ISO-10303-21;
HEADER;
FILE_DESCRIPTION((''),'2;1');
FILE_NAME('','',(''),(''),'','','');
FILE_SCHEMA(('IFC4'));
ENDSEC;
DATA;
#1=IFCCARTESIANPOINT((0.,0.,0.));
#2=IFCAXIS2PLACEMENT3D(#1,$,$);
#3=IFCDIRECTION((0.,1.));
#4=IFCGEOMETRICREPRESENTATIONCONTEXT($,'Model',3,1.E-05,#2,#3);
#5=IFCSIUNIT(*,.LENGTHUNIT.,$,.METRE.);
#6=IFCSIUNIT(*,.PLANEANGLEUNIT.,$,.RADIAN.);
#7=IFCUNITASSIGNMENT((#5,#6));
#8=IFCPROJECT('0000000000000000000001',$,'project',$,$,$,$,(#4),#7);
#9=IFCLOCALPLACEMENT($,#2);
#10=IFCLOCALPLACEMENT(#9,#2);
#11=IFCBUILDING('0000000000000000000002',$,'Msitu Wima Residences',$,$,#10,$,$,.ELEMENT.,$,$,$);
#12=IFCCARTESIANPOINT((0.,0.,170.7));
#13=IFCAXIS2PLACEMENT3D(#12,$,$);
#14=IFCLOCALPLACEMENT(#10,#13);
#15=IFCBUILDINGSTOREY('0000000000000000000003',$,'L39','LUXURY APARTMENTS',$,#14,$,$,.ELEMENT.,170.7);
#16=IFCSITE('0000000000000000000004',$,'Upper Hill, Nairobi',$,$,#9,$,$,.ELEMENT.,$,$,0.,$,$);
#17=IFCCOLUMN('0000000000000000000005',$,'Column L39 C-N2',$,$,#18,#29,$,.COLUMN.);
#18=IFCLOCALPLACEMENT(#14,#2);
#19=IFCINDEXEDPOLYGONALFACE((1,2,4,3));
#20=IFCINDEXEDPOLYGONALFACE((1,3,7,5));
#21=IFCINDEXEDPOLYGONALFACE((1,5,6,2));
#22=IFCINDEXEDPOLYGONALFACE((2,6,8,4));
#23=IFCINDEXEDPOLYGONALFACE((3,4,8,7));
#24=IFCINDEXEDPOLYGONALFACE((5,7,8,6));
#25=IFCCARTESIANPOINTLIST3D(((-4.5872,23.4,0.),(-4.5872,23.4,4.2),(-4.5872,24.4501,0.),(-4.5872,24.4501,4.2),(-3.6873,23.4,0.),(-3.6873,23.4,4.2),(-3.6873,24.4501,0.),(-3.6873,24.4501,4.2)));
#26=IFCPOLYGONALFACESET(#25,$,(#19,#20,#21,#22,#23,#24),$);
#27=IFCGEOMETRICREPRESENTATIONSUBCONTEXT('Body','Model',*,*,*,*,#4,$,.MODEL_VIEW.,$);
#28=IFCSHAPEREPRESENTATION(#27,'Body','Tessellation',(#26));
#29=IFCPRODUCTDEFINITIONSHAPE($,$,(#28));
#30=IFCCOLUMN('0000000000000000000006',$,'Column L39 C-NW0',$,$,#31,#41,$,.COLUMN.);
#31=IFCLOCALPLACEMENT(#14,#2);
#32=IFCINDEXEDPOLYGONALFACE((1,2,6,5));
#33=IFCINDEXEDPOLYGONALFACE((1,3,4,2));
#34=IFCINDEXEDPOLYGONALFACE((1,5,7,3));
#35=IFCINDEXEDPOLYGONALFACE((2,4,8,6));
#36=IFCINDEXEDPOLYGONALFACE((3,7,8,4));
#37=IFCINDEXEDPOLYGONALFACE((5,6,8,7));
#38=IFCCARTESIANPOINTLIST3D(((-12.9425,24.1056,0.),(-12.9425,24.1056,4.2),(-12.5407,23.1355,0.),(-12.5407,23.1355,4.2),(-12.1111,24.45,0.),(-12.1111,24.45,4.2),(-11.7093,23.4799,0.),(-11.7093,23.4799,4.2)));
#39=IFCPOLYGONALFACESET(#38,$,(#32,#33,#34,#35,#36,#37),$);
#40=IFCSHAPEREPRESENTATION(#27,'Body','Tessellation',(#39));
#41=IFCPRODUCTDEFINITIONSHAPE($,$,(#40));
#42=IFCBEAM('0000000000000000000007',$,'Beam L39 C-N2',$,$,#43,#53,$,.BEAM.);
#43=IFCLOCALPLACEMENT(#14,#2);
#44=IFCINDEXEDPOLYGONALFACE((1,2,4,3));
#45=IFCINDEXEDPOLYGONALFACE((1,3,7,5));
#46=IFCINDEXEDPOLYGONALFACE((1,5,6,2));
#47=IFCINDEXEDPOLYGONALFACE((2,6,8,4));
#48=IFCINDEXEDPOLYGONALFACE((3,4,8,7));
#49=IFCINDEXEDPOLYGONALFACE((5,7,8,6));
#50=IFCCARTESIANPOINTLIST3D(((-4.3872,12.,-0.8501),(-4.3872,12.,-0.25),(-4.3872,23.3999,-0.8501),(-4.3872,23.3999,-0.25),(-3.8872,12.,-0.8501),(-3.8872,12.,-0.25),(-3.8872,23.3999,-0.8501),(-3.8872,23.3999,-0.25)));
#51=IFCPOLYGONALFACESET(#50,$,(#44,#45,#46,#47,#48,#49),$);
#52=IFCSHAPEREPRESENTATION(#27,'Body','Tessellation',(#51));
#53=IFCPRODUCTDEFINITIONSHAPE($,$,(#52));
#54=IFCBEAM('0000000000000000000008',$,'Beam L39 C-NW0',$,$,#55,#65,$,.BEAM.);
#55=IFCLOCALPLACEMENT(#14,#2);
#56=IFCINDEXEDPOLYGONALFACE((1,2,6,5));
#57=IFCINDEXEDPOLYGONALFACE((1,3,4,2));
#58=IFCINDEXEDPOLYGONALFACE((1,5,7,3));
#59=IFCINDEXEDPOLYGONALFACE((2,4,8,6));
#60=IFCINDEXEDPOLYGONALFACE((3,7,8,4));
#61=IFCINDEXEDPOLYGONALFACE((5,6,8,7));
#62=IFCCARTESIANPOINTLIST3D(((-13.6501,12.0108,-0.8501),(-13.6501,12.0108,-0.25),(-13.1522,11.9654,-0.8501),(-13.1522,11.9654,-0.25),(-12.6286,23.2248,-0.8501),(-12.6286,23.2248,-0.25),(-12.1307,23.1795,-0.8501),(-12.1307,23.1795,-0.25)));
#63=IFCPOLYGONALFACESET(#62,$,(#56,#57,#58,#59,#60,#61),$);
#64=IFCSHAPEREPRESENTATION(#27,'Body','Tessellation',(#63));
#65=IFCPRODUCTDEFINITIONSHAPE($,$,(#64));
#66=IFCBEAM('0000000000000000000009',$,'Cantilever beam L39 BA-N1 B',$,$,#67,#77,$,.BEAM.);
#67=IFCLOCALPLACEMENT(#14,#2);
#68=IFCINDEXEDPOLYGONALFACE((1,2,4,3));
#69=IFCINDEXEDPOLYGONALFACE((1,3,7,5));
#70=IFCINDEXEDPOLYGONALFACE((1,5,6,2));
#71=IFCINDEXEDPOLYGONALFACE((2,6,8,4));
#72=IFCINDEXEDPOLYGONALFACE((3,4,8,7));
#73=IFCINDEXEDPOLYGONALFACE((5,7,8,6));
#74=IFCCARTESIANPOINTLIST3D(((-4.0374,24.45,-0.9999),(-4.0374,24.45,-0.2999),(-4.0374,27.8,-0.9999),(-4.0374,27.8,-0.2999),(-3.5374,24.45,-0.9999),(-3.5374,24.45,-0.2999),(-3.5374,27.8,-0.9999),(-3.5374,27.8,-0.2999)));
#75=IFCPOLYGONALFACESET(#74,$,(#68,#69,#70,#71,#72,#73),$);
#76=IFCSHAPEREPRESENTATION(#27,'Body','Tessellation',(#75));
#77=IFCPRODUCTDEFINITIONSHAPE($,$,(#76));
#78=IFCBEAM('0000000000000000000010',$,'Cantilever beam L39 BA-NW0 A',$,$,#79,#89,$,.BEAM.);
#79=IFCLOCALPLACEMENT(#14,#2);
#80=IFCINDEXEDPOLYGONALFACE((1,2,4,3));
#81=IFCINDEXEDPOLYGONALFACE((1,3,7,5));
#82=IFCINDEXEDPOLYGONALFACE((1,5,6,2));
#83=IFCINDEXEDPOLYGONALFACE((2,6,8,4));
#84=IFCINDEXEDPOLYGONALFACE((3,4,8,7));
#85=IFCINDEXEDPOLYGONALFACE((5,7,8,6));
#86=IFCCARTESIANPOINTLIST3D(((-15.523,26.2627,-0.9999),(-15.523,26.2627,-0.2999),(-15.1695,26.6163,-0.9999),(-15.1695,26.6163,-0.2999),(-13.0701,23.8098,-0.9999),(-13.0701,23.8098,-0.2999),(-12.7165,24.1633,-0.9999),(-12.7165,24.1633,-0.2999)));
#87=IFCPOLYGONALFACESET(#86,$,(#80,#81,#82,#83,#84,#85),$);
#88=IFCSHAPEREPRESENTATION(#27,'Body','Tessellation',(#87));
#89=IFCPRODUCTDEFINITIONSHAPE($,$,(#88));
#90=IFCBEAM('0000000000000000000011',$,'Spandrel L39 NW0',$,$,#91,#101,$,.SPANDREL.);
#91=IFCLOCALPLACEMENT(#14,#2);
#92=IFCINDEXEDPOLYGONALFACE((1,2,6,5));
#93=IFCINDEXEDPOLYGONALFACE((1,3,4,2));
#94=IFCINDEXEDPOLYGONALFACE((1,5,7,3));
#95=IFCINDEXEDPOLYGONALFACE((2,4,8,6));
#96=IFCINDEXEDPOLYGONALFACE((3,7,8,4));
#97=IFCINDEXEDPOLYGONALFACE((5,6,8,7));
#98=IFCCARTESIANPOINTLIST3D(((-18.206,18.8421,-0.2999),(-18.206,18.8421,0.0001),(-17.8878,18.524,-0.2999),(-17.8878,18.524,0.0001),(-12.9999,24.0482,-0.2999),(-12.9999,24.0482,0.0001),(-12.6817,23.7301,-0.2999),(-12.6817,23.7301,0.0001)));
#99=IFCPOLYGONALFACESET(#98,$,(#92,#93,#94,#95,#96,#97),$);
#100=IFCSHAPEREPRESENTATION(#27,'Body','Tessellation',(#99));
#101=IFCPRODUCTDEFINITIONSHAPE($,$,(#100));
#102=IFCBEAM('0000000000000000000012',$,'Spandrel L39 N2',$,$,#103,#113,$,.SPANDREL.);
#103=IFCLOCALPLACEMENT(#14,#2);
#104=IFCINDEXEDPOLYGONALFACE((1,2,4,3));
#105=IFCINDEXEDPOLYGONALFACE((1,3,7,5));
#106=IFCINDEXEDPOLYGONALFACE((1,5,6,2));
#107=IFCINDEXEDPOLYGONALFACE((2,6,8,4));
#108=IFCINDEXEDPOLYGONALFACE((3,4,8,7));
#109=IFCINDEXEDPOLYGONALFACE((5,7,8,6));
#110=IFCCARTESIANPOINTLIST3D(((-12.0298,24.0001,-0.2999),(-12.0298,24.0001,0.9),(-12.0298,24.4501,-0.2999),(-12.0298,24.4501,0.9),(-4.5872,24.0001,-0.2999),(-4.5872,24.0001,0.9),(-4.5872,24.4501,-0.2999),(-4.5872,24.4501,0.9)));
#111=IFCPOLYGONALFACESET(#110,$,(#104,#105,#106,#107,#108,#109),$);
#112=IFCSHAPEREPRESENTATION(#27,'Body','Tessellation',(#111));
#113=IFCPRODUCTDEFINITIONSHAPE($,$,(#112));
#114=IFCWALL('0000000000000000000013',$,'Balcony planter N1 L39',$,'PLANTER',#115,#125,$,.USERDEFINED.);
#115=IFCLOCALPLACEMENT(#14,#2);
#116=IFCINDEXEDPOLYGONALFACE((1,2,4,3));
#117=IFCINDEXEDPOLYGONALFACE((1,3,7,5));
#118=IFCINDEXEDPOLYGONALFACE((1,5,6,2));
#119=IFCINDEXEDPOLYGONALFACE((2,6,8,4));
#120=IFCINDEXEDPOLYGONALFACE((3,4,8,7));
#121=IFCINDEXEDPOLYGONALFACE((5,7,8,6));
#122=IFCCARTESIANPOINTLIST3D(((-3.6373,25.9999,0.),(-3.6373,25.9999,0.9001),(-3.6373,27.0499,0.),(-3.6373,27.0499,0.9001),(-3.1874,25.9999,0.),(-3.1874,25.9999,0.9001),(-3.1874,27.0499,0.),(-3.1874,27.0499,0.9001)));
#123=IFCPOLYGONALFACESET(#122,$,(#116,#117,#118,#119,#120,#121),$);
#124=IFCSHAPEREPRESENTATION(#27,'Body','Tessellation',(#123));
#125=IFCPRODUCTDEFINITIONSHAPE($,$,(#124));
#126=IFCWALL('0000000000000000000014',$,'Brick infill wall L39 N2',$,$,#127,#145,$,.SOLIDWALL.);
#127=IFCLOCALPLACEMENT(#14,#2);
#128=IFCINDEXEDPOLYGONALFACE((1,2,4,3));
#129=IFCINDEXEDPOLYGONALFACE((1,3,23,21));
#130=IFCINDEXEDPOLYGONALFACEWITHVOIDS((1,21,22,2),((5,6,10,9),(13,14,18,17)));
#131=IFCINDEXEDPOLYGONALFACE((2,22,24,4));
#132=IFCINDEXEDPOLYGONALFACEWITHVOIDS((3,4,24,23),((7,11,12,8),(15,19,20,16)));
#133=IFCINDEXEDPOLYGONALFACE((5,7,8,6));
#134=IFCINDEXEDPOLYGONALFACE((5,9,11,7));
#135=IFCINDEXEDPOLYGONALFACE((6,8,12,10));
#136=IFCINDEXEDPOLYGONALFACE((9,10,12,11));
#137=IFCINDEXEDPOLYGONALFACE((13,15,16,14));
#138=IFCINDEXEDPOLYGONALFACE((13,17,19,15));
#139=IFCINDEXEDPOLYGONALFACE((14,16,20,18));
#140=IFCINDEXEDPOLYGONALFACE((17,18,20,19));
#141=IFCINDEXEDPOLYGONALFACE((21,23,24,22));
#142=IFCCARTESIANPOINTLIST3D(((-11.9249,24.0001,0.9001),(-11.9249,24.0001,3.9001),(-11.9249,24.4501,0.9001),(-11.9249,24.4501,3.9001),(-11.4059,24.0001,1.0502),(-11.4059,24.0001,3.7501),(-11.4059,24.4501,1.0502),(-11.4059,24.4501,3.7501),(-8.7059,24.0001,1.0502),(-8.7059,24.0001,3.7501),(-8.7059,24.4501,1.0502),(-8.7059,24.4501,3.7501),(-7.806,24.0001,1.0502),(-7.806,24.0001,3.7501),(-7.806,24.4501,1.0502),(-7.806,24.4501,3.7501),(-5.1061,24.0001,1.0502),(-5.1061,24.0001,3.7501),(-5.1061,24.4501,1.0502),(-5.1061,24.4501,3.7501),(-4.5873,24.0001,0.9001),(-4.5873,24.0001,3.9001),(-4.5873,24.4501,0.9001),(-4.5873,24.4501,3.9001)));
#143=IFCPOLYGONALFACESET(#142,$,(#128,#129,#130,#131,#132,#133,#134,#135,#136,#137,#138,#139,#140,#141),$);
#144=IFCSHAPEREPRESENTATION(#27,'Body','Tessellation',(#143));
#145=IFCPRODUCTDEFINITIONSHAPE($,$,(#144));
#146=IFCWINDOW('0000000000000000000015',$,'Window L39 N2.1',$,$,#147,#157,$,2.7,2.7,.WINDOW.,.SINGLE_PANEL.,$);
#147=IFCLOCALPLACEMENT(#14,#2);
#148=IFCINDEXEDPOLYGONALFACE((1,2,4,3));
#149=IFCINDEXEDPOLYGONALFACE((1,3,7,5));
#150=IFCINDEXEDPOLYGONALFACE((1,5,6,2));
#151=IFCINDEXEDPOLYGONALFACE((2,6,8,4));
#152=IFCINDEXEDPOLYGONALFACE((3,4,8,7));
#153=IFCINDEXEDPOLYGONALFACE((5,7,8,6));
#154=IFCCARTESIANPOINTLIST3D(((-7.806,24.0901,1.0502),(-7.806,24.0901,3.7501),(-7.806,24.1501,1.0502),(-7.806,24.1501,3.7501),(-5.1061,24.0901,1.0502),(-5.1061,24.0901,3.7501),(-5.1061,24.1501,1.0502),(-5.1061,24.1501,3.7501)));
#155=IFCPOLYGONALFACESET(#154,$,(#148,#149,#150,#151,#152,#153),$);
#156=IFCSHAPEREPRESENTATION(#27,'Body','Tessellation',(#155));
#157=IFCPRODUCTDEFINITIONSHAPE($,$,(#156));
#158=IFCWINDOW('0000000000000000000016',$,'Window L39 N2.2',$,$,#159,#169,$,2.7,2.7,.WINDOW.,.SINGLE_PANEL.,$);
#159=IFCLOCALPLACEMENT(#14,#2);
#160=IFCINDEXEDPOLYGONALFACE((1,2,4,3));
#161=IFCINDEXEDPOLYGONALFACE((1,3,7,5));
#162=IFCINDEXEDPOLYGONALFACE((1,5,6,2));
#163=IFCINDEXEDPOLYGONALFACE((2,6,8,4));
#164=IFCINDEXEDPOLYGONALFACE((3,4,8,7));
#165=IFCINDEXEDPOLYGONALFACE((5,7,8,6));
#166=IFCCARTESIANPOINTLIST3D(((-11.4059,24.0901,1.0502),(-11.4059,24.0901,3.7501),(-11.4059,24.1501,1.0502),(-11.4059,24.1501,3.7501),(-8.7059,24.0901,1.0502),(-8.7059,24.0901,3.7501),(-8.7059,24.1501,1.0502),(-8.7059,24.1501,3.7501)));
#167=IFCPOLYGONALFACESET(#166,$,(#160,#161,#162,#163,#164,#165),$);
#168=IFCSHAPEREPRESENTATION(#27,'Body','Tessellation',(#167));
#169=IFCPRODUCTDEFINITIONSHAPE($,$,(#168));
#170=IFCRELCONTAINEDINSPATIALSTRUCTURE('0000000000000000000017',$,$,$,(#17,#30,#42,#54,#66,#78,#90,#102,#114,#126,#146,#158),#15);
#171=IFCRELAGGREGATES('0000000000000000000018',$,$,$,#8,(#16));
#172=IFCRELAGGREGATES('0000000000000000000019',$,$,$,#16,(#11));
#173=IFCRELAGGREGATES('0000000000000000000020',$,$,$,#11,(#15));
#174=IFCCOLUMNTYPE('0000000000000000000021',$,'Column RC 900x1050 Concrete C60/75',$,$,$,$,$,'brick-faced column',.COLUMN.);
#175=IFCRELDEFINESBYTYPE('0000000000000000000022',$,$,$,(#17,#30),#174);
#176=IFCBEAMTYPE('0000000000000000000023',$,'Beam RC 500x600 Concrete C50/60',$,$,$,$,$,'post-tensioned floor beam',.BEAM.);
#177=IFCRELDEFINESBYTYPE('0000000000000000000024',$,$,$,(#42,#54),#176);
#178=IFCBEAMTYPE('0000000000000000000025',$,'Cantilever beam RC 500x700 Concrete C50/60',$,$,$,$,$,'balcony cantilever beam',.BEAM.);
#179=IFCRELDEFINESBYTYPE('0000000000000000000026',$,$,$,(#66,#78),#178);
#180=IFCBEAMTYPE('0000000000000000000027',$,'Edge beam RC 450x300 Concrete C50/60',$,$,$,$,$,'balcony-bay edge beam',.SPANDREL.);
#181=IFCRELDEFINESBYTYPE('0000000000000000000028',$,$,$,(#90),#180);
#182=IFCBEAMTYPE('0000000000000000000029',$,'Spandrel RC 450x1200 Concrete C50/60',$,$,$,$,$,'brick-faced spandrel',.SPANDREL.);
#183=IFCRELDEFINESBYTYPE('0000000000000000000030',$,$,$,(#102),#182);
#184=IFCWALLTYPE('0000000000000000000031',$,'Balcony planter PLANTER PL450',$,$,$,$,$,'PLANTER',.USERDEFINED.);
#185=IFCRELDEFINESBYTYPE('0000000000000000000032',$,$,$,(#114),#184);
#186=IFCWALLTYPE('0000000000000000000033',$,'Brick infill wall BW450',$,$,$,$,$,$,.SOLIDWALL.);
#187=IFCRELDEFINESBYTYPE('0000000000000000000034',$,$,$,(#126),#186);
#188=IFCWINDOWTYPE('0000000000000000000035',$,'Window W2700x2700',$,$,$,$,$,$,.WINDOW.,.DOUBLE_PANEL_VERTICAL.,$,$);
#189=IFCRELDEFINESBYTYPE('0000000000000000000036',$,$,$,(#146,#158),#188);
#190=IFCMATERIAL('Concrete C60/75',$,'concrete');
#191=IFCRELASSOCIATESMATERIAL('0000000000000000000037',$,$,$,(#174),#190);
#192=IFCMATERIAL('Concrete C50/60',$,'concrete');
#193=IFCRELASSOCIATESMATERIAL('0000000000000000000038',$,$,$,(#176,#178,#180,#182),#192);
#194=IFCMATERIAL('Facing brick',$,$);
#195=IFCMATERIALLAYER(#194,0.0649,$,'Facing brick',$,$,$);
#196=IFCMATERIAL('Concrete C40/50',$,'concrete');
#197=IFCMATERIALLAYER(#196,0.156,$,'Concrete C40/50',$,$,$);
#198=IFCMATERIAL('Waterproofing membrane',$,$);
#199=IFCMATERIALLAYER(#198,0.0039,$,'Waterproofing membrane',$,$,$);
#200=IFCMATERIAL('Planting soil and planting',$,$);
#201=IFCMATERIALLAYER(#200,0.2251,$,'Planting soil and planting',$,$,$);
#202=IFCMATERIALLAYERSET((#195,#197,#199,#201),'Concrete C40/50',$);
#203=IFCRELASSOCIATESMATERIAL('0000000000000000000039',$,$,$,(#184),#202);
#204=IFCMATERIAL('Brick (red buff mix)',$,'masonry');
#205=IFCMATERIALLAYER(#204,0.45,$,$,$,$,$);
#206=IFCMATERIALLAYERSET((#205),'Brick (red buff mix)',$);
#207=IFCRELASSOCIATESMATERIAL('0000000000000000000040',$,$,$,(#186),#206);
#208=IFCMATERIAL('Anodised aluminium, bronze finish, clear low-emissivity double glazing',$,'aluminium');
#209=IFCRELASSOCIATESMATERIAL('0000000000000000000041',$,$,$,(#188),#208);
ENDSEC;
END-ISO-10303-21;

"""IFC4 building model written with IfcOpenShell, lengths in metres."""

from ifc_helpers import new_model, si_unit, direction, frame, frame_2d, origin, origin_2d, place, context, subcontext, project, spatial, rectangle, extrude, material, layer, layer_set, material_profile, profile_set, type_object, element, fill, save


model = new_model("IFC4")

# Units and contexts
model_context = context("Model", 3, precision=1e-05, world=origin(), true_north=direction((0.0, 1.0)))
body_context = subcontext(model_context, "Body", "Model", "MODEL_VIEW")
ifc_project = project(units=[si_unit("LENGTHUNIT", "METRE"), si_unit("PLANEANGLEUNIT", "RADIAN")], contexts=[model_context])

# Site, building, storey
site_placement = place(None, origin())
site = spatial("IfcSite", under=ifc_project, at=site_placement, Name="Upper Hill, Nairobi", CompositionType="ELEMENT", RefElevation=0.0)
building_placement = place(site_placement, origin())
building = spatial("IfcBuilding", under=site, at=building_placement, Name="Msitu Wima Residences", CompositionType="ELEMENT")
storey_placement = place(building_placement, frame((0.0, 0.0, 170.7)))
storey = spatial("IfcBuildingStorey", under=building, at=storey_placement, Name="L39", Description="LUXURY APARTMENTS", CompositionType="ELEMENT", Elevation=170.7)

# Columns
ifc_material_1 = material(Name="Concrete C60/75", Category="concrete")
ifc_material_profile_1 = material_profile(ifc_material_1, rectangle(XDim=0.8999, YDim=1.05, at=origin_2d()), Name="RC 900x1050")
ifc_profile_set_1 = profile_set([ifc_material_profile_1], Name="Concrete C60/75")
column_type = type_object("IfcColumnType", Name="Column RC 900x1050 Concrete C60/75", ElementType="brick-faced column", PredefinedType="COLUMN", material=ifc_profile_set_1)
for number, where, z_axis, x_axis, name in (
    (1, (-4.1372, 23.925, 0.0), (0.0, 0.0, 1.0), (-1.0, 0.0, 0.0), "Column L39 C-N2"),
    (2, (-12.3259, 23.7927, 0.0), (0.0, 0.0, 1.0), (-0.92388, -0.382683, 0.0), "Column L39 C-NW0"),
):
    element("IfcColumn", number, at=place(storey_placement, frame(where, z_axis=z_axis, x_axis=x_axis)), inside=storey, type_object=column_type, Name=name, PredefinedType="COLUMN", context=body_context, shape_type="SweptSolid", body=[
        extrude(rectangle(XDim=0.8999, YDim=1.05, at=origin_2d()), origin(), (0.0, 0.0, 1.0), 4.2),
    ])

# Beams
ifc_material_2 = material(Name="Concrete C50/60", Category="concrete")
ifc_material_profile_2 = material_profile(ifc_material_2, rectangle(XDim=0.5, YDim=0.6001, at=origin_2d()), Name="RC 500x600")
ifc_profile_set_2 = profile_set([ifc_material_profile_2], Name="Concrete C50/60")
beam_type_1 = type_object("IfcBeamType", Name="Beam RC 500x600 Concrete C50/60", ElementType="post-tensioned floor beam", PredefinedType="BEAM", material=ifc_profile_set_2)
beam_1_placement = place(storey_placement, frame((-4.1372, 23.3999, -0.55), z_axis=(0.0, -1.0, 0.0), x_axis=(1.0, 0.0, 0.0)))
element("IfcBeam", 3, at=beam_1_placement, inside=storey, type_object=beam_type_1, Name="Beam L39 C-N2", PredefinedType="BEAM", context=body_context, shape_type="SweptSolid", body=[
    extrude(rectangle(XDim=0.5, YDim=0.6001, at=origin_2d()), origin(), (0.0, 0.0, 1.0), 11.3999),
])
beam_2_placement = place(storey_placement, frame((-12.3796, 23.2021, -0.55), z_axis=(-0.090714, -0.995877, 0.0), x_axis=(0.995877, -0.090714, 0.0)))
element("IfcBeam", 4, at=beam_2_placement, inside=storey, type_object=beam_type_1, Name="Beam L39 C-NW0", PredefinedType="BEAM", context=body_context, shape_type="SweptSolid", body=[
    extrude(rectangle(XDim=0.5, YDim=0.6001, at=origin_2d()), origin(), (0.0, 0.0, 1.0), 11.2605),
])
ifc_material_profile_3 = material_profile(ifc_material_2, rectangle(XDim=0.5, YDim=0.7, at=origin_2d()), Name="RC 500x700")
ifc_profile_set_3 = profile_set([ifc_material_profile_3], Name="Concrete C50/60")
beam_type_2 = type_object("IfcBeamType", Name="Cantilever beam RC 500x700 Concrete C50/60", ElementType="balcony cantilever beam", PredefinedType="BEAM", material=ifc_profile_set_3)
beam_3_placement = place(storey_placement, frame((-3.7874, 24.45, -0.6499), z_axis=(0.0, 1.0, 0.0), x_axis=(-1.0, 0.0, 0.0)))
element("IfcBeam", 5, at=beam_3_placement, inside=storey, type_object=beam_type_2, Name="Cantilever beam L39 BA-N1 B", PredefinedType="BEAM", context=body_context, shape_type="SweptSolid", body=[
    extrude(rectangle(XDim=0.5, YDim=0.7, at=origin_2d()), origin(), (0.0, 0.0, 1.0), 3.3501),
])
beam_4_placement = place(storey_placement, frame((-12.8933, 23.9866, -0.6499), z_axis=(-0.707107, 0.707107, 0.0), x_axis=(-0.707107, -0.707107, 0.0)))
element("IfcBeam", 6, at=beam_4_placement, inside=storey, type_object=beam_type_2, Name="Cantilever beam L39 BA-NW0 A", PredefinedType="BEAM", context=body_context, shape_type="SweptSolid", body=[
    extrude(rectangle(XDim=0.5, YDim=0.7, at=origin_2d()), origin(), (0.0, 0.0, 1.0), 3.469),
])
ifc_material_profile_4 = material_profile(ifc_material_2, rectangle(XDim=0.45, YDim=0.3, at=origin_2d()), Name="RC 450x300")
ifc_profile_set_4 = profile_set([ifc_material_profile_4], Name="Concrete C50/60")
beam_type_3 = type_object("IfcBeamType", Name="Edge beam RC 450x300 Concrete C50/60", ElementType="balcony-bay edge beam", PredefinedType="SPANDREL", material=ifc_profile_set_4)
beam_5_placement = place(storey_placement, frame((-12.8408, 23.8892, -0.1499), z_axis=(-0.707107, -0.707107, 0.0), x_axis=(0.707107, -0.707107, 0.0)))
element("IfcBeam", 7, at=beam_5_placement, inside=storey, type_object=beam_type_3, Name="Spandrel L39 NW0", PredefinedType="SPANDREL", context=body_context, shape_type="SweptSolid", body=[
    extrude(rectangle(XDim=0.45, YDim=0.3, at=origin_2d()), origin(), (0.0, 0.0, 1.0), 7.3625),
])
ifc_material_profile_5 = material_profile(ifc_material_2, rectangle(XDim=0.45, YDim=1.2, at=origin_2d()), Name="RC 450x1200")
ifc_profile_set_5 = profile_set([ifc_material_profile_5], Name="Concrete C50/60")
beam_type_4 = type_object("IfcBeamType", Name="Spandrel RC 450x1200 Concrete C50/60", ElementType="brick-faced spandrel", PredefinedType="SPANDREL", material=ifc_profile_set_5)
beam_6_placement = place(storey_placement, frame((-4.5872, 24.2251, 0.3), z_axis=(-1.0, 0.0, 0.0), x_axis=(0.0, -1.0, 0.0)))
element("IfcBeam", 8, at=beam_6_placement, inside=storey, type_object=beam_type_4, Name="Spandrel L39 N2", PredefinedType="SPANDREL", context=body_context, shape_type="SweptSolid", body=[
    extrude(rectangle(XDim=0.45, YDim=1.2, at=origin_2d()), origin(), (0.0, 0.0, 1.0), 7.4426),
])

# Wall
ifc_material_3 = material(Name="Facing brick")
ifc_layer_1 = layer(ifc_material_3, 0.0649, Name="Facing brick")
ifc_material_4 = material(Name="Concrete C40/50", Category="concrete")
ifc_layer_2 = layer(ifc_material_4, 0.156, Name="Concrete C40/50")
ifc_material_5 = material(Name="Waterproofing membrane")
ifc_layer_3 = layer(ifc_material_5, 0.0039, Name="Waterproofing membrane")
ifc_material_6 = material(Name="Planting soil and planting")
ifc_layer_4 = layer(ifc_material_6, 0.2251, Name="Planting soil and planting")
ifc_layer_set_1 = layer_set([ifc_layer_1, ifc_layer_2, ifc_layer_3, ifc_layer_4], Name="Concrete C40/50")
wall_type_1 = type_object("IfcWallType", Name="Balcony planter PLANTER PL450", ElementType="PLANTER", PredefinedType="USERDEFINED", material=ifc_layer_set_1)
wall_1_placement = place(storey_placement, frame((-3.4124, 26.0, 0.0), z_axis=(0.0, 0.0, 1.0), x_axis=(0.0, 1.0, 0.0)))
element("IfcWall", 9, at=wall_1_placement, inside=storey, type_object=wall_type_1, Name="Balcony planter N1 L39", ObjectType="PLANTER", PredefinedType="USERDEFINED", context=body_context, shape_type="SweptSolid", body=[
    extrude(rectangle(XDim=1.05, YDim=0.45, at=frame_2d((0.5249, 0.0))), origin(), (0.0, 0.0, 1.0), 0.9001),
])

# Wall, openings, windows
ifc_material_7 = material(Name="Brick (red buff mix)", Category="masonry")
ifc_layer_5 = layer(ifc_material_7, 0.45)
ifc_layer_set_2 = layer_set([ifc_layer_5], Name="Brick (red buff mix)")
wall_type_2 = type_object("IfcWallType", Name="Brick infill wall BW450", PredefinedType="SOLIDWALL", material=ifc_layer_set_2)
wall_2_placement = place(storey_placement, frame((-4.5872, 24.2251, 0.9001), z_axis=(0.0, 0.0, 1.0), x_axis=(-1.0, 0.0, 0.0)))
wall_2 = element("IfcWall", 10, at=wall_2_placement, inside=storey, type_object=wall_type_2, Name="Brick infill wall L39 N2", PredefinedType="SOLIDWALL", context=body_context, shape_type="SweptSolid", body=[
    extrude(rectangle(XDim=7.3376, YDim=0.45, at=frame_2d((3.6689, 0.0))), origin(), (0.0, 0.0, 1.0), 3.0),
])
opening_1_placement = place(wall_2_placement, frame((0.5188, 0.0, 0.1499)))
opening_1 = element("IfcOpeningElement", 11, at=opening_1_placement, cuts=wall_2, PredefinedType="OPENING", context=body_context, shape_type="SweptSolid", body=[
    extrude(rectangle(XDim=2.7, YDim=2.7, at=frame_2d((1.3501, 1.3501))), frame((0.0, 0.2349, 0.0), z_axis=(0.0, -1.0, 0.0), x_axis=(1.0, 0.0, 0.0)), (0.0, 0.0, 1.0), 0.47),
])
opening_2_placement = place(wall_2_placement, frame((4.1187, 0.0, 0.1499)))
opening_2 = element("IfcOpeningElement", 12, at=opening_2_placement, cuts=wall_2, PredefinedType="OPENING", context=body_context, shape_type="SweptSolid", body=[
    extrude(rectangle(XDim=2.7, YDim=2.7, at=frame_2d((1.3501, 1.3501))), frame((0.0, 0.2349, 0.0), z_axis=(0.0, -1.0, 0.0), x_axis=(1.0, 0.0, 0.0)), (0.0, 0.0, 1.0), 0.47),
])
ifc_material_8 = material(Name="Anodised aluminium, bronze finish, clear low-emissivity double glazing", Category="aluminium")
window_type = type_object("IfcWindowType", Name="Window W2700x2700", PartitioningType="DOUBLE_PANEL_VERTICAL", PredefinedType="WINDOW", material=ifc_material_8)
window_1_placement = place(opening_1_placement, origin())
window_1 = element("IfcWindow", 13, at=window_1_placement, inside=storey, type_object=window_type, Name="Window L39 N2.1", OverallHeight=2.7, OverallWidth=2.7, PartitioningType="SINGLE_PANEL", PredefinedType="WINDOW", context=body_context, shape_type="SweptSolid", body=[
    extrude(rectangle(XDim=2.7, YDim=2.7, at=frame_2d((1.3501, 1.3501))), frame((0.0, 0.135, 0.0), z_axis=(0.0, -1.0, 0.0), x_axis=(1.0, 0.0, 0.0)), (0.0, 0.0, 1.0), 0.0601),
])
fill(opening_1, window_1)
window_2_placement = place(opening_2_placement, origin())
window_2 = element("IfcWindow", 14, at=window_2_placement, inside=storey, type_object=window_type, Name="Window L39 N2.2", OverallHeight=2.7, OverallWidth=2.7, PartitioningType="SINGLE_PANEL", PredefinedType="WINDOW", context=body_context, shape_type="SweptSolid", body=[
    extrude(rectangle(XDim=2.7, YDim=2.7, at=frame_2d((1.3501, 1.3501))), frame((0.0, 0.135, 0.0), z_axis=(0.0, -1.0, 0.0), x_axis=(1.0, 0.0, 0.0)), (0.0, 0.0, 1.0), 0.0601),
])
fill(opening_2, window_2)

save(model, "model.ifc")
